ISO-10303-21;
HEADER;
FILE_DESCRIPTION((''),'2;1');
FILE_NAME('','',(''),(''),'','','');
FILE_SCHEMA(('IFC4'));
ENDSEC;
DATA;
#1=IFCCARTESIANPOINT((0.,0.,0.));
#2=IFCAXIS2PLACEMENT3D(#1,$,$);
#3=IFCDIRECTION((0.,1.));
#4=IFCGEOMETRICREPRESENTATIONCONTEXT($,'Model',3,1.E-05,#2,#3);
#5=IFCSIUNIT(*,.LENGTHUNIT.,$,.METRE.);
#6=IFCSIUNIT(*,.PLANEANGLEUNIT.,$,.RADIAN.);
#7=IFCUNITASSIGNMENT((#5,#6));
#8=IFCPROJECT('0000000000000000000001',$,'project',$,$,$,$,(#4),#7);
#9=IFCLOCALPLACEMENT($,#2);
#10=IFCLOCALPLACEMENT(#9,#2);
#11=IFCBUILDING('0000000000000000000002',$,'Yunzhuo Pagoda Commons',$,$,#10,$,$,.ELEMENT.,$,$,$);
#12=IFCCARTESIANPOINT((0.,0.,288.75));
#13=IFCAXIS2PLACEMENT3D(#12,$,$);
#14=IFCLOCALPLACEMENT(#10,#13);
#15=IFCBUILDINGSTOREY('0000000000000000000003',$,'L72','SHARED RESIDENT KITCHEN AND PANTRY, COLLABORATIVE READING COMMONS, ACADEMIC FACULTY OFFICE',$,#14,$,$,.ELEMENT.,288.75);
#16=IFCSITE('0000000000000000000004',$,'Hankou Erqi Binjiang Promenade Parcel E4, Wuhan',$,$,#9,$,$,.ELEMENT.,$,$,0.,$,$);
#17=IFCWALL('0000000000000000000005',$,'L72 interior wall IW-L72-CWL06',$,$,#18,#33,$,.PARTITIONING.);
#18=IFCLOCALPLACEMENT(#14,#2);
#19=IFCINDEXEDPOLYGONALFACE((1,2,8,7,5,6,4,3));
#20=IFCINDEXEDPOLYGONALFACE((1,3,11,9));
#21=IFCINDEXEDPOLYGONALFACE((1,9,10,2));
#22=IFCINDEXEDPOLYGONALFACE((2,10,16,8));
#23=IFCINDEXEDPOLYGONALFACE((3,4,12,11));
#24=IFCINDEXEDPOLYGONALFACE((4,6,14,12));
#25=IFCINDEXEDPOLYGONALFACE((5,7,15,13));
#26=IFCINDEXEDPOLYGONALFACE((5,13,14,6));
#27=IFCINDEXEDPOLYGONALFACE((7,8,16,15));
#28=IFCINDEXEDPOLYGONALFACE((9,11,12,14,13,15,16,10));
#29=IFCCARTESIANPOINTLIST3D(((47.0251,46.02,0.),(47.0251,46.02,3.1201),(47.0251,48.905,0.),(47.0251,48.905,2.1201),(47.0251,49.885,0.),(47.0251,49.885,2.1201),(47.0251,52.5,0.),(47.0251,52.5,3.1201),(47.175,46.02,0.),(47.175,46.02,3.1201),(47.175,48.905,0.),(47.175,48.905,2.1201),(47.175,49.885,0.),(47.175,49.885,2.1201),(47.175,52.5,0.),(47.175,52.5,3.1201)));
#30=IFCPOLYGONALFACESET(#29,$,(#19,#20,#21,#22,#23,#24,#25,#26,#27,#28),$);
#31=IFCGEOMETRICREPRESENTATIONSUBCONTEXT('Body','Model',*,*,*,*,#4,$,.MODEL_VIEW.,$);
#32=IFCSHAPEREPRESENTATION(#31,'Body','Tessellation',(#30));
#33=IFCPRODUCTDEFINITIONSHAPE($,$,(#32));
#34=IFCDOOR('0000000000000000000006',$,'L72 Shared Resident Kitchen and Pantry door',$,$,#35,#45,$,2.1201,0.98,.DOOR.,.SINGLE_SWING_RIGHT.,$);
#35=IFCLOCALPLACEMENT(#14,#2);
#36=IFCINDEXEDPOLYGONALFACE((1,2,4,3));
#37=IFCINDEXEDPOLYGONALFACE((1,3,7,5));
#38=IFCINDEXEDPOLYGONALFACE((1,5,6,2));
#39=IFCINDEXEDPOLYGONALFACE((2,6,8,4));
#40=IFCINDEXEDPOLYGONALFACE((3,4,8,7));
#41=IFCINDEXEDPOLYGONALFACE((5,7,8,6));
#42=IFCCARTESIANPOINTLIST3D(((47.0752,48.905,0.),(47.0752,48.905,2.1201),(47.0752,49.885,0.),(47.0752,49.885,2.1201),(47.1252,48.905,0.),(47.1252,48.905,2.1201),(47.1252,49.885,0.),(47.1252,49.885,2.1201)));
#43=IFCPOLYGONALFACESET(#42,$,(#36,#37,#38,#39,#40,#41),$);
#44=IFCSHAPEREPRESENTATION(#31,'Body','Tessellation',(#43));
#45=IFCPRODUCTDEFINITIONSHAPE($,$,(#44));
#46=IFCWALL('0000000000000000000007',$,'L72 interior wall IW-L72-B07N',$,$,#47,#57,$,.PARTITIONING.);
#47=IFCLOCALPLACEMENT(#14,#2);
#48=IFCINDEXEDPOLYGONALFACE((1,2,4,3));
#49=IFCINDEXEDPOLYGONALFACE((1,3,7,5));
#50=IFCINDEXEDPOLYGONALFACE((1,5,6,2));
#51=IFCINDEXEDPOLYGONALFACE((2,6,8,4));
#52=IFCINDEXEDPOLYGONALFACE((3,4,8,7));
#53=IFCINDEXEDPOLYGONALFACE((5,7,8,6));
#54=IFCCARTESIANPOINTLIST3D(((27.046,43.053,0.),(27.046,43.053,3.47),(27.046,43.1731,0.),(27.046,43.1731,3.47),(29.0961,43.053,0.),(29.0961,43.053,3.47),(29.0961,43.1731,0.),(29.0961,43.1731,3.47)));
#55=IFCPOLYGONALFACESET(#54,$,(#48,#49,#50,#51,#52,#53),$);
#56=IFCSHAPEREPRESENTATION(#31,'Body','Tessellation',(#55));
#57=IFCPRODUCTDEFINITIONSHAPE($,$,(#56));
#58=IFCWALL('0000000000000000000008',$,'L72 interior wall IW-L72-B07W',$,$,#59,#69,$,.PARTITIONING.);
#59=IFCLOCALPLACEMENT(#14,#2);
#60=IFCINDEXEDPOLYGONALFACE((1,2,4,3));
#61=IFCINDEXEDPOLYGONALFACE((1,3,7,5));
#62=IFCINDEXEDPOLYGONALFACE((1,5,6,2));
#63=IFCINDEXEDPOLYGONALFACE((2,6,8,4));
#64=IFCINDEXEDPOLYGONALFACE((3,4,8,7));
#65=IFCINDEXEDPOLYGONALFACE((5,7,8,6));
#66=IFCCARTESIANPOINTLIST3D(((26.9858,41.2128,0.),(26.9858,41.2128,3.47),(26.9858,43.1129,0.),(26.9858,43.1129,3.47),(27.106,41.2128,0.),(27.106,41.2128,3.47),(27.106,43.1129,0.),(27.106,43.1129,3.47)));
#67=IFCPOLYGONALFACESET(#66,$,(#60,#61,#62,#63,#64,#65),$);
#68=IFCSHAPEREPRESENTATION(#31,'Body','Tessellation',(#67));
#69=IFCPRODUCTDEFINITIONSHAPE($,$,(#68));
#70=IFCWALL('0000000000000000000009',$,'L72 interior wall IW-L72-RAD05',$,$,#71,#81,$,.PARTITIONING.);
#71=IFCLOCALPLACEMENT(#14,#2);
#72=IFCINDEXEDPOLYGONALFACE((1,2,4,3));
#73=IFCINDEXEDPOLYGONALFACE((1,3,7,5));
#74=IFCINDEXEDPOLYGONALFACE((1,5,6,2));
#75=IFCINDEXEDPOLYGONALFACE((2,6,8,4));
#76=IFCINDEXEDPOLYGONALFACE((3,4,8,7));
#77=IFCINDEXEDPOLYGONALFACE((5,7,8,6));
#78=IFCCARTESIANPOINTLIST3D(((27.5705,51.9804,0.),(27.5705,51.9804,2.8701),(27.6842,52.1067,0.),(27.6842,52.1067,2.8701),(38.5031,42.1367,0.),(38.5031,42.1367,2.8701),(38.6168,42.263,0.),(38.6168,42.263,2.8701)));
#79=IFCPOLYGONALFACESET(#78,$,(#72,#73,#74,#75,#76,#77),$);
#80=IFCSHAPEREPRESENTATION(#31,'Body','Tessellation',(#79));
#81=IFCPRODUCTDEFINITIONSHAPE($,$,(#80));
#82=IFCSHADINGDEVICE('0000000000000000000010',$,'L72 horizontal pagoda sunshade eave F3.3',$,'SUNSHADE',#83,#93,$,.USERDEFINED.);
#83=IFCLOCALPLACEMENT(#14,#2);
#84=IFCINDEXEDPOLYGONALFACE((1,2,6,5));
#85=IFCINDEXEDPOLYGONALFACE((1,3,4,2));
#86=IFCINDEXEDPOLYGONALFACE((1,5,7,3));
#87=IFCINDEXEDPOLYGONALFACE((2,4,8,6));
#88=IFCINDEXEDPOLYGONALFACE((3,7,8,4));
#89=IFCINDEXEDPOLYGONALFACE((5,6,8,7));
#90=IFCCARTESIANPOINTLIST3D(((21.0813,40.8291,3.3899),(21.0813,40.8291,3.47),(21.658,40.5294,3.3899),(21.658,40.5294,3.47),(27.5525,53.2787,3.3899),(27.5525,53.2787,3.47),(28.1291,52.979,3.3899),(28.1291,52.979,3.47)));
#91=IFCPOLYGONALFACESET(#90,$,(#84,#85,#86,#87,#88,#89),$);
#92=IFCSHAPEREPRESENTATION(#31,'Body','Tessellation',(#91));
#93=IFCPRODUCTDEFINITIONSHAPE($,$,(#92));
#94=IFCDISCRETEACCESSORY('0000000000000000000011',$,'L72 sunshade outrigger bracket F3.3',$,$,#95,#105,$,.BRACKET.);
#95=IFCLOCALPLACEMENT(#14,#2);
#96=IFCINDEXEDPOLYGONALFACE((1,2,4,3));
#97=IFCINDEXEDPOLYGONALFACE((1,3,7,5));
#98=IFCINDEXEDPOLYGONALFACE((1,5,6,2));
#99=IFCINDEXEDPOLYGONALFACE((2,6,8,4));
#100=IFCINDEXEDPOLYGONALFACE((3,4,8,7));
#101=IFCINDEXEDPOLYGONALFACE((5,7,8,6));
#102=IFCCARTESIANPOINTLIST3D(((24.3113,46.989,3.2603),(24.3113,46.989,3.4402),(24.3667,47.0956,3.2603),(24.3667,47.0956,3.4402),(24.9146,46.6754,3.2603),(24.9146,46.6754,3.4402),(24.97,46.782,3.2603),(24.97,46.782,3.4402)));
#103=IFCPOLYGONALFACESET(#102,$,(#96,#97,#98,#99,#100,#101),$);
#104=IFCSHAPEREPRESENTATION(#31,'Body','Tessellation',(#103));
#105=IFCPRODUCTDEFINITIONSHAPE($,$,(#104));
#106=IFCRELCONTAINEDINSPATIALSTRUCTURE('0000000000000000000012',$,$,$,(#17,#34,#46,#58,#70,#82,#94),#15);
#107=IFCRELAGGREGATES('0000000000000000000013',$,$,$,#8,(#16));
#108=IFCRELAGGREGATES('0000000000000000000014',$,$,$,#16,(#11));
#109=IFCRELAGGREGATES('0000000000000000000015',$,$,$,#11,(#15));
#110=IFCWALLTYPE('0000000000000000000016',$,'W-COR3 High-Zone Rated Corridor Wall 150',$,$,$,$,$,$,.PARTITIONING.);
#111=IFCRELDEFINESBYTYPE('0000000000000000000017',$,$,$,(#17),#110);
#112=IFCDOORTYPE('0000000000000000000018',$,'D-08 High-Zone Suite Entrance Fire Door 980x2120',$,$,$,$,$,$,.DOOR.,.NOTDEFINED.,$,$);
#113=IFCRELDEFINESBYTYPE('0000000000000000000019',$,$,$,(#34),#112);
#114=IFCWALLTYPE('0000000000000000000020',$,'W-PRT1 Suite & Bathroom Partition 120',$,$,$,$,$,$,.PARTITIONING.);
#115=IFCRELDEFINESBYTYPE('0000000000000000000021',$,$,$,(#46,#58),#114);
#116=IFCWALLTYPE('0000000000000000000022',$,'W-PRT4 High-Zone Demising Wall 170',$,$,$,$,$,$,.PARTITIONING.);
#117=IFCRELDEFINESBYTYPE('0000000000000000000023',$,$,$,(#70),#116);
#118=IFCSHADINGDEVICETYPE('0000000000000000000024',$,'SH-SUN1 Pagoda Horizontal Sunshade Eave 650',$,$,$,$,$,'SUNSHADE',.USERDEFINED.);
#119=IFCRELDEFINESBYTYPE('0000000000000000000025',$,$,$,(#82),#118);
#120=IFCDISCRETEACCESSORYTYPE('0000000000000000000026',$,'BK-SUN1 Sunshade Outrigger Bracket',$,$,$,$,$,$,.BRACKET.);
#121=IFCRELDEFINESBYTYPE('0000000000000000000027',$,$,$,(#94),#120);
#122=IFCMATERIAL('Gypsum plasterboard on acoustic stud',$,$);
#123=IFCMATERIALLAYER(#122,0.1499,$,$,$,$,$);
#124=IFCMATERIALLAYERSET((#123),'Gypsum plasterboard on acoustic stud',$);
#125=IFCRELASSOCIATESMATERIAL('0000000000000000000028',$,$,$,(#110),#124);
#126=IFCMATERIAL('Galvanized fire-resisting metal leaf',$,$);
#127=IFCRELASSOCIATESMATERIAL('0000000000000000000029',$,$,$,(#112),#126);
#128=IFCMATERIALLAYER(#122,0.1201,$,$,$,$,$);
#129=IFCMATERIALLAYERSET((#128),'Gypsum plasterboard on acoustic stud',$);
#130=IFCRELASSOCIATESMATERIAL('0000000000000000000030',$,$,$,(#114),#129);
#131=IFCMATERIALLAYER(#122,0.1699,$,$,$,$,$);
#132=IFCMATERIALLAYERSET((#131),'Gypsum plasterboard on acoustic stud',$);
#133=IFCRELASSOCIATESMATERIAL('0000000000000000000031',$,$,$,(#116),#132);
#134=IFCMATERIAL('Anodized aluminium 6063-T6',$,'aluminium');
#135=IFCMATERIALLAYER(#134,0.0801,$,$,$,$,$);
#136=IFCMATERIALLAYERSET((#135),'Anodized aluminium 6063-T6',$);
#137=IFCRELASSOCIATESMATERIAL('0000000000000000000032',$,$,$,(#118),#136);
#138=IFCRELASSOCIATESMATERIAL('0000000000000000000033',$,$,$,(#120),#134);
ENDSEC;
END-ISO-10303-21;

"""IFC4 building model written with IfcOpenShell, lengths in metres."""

from ifc_helpers import new_model, si_unit, direction, frame, frame_2d, origin, origin_with_axes, origin_2d, place, context, subcontext, project, spatial, rectangle, extrude, source, transform, mapped, material, layer, layer_set, type_object, element, fill, save


model = new_model("IFC4")

# Units and contexts
model_context = context("Model", 3, precision=1e-05, world=origin(), true_north=direction((0.0, 1.0)))
body_context = subcontext(model_context, "Body", "Model", "MODEL_VIEW")
ifc_project = project(units=[si_unit("LENGTHUNIT", "METRE"), si_unit("PLANEANGLEUNIT", "RADIAN")], contexts=[model_context])

# Site, building, storey
site_placement = place(None, origin())
site = spatial("IfcSite", under=ifc_project, at=site_placement, Name="Hankou Erqi Binjiang Promenade Parcel E4, Wuhan", CompositionType="ELEMENT", RefElevation=0.0)
building_placement = place(site_placement, origin())
building = spatial("IfcBuilding", under=site, at=building_placement, Name="Yunzhuo Pagoda Commons", CompositionType="ELEMENT")
storey_placement = place(building_placement, frame((0.0, 0.0, 288.75)))
storey = spatial("IfcBuildingStorey", under=building, at=storey_placement, Name="L72", Description="SHARED RESIDENT KITCHEN AND PANTRY, COLLABORATIVE READING COMMONS, ACADEMIC FACULTY OFFICE", CompositionType="ELEMENT", Elevation=288.75)

# Shared definitions
ifc_material_1 = material(Name="Anodized aluminium 6063-T6", Category="aluminium")

# Shared definitions
ifc_material_2 = material(Name="Gypsum plasterboard on acoustic stud")
ifc_layer_1 = layer(ifc_material_2, 0.1499)
ifc_layer_set_1 = layer_set([ifc_layer_1], Name="Gypsum plasterboard on acoustic stud")
wall_type_1 = type_object("IfcWallType", Name="W-COR3 High-Zone Rated Corridor Wall 150", PredefinedType="PARTITIONING", material=ifc_layer_set_1)

# Wall, opening, door
wall_1_placement = place(storey_placement, frame((47.1001, 46.02, 0.0), z_axis=(0.0, 0.0, 1.0), x_axis=(0.0, 1.0, 0.0)))
wall_1 = element("IfcWall", 1, at=wall_1_placement, inside=storey, type_object=wall_type_1, Name="L72 interior wall IW-L72-CWL06", PredefinedType="PARTITIONING", context=body_context, shape_type="SweptSolid", body=[
    extrude(rectangle(XDim=6.48, YDim=0.1499, at=frame_2d((3.24, 0.0))), origin(), (0.0, 0.0, 1.0), 3.1201),
])
opening_1_placement = place(wall_1_placement, frame((2.885, 0.0, 0.0)))
opening_1 = element("IfcOpeningElement", 2, at=opening_1_placement, cuts=wall_1, PredefinedType="OPENING", context=body_context, shape_type="SweptSolid", body=[
    extrude(rectangle(XDim=0.98, YDim=2.1201, at=frame_2d((0.49, 1.0601))), frame((0.0, 0.085, 0.0), z_axis=(0.0, -1.0, 0.0), x_axis=(1.0, 0.0, 0.0)), (0.0, 0.0, 1.0), 0.1699),
])
ifc_material_3 = material(Name="Galvanized fire-resisting metal leaf")
door_type_1 = type_object("IfcDoorType", Name="D-08 High-Zone Suite Entrance Fire Door 980x2120", OperationType="NOTDEFINED", PredefinedType="DOOR", material=ifc_material_3)
shared_shape_1 = source(origin(), body_context, "Body", "SweptSolid", [
    extrude(rectangle(XDim=0.98, YDim=2.1201, at=frame_2d((0.49, 1.0601))), frame((0.0, 0.0249, 0.0), z_axis=(0.0, -1.0, 0.0), x_axis=(1.0, 0.0, 0.0)), (0.0, 0.0, 1.0), 0.05),
])
door_1_placement = place(opening_1_placement, origin_with_axes())
door_1 = element("IfcDoor", 3, at=door_1_placement, inside=storey, type_object=door_type_1, Name="L72 Shared Resident Kitchen and Pantry door", OperationType="SINGLE_SWING_RIGHT", OverallHeight=2.1201, OverallWidth=0.98, PredefinedType="DOOR", context=body_context, shape_type="MappedRepresentation", body=[
    mapped(shared_shape_1, transform((0.0, 0.0, 0.0), scale=1.0)),
])
fill(opening_1, door_1)

# Walls
ifc_layer_2 = layer(ifc_material_2, 0.1201)
ifc_layer_set_2 = layer_set([ifc_layer_2], Name="Gypsum plasterboard on acoustic stud")
wall_type_2 = type_object("IfcWallType", Name="W-PRT1 Suite & Bathroom Partition 120", PredefinedType="PARTITIONING", material=ifc_layer_set_2)
wall_2_placement = place(storey_placement, frame((29.0959, 43.113, 0.0), z_axis=(0.0, 0.0, 1.0), x_axis=(-1.0, 0.0, 0.0)))
element("IfcWall", 4, at=wall_2_placement, inside=storey, type_object=wall_type_2, Name="L72 interior wall IW-L72-B07N", PredefinedType="PARTITIONING", context=body_context, shape_type="SweptSolid", body=[
    extrude(rectangle(XDim=2.05, YDim=0.1201, at=frame_2d((1.0249, 0.0))), origin(), (0.0, 0.0, 1.0), 3.47),
])
wall_3_placement = place(storey_placement, frame((27.0459, 43.113, 0.0), z_axis=(0.0, 0.0, 1.0), x_axis=(0.0, -1.0, 0.0)))
element("IfcWall", 5, at=wall_3_placement, inside=storey, type_object=wall_type_2, Name="L72 interior wall IW-L72-B07W", PredefinedType="PARTITIONING", context=body_context, shape_type="SweptSolid", body=[
    extrude(rectangle(XDim=1.9001, YDim=0.1201, at=frame_2d((0.9502, 0.0))), origin(), (0.0, 0.0, 1.0), 3.47),
])
ifc_layer_3 = layer(ifc_material_2, 0.1699)
ifc_layer_set_3 = layer_set([ifc_layer_3], Name="Gypsum plasterboard on acoustic stud")
wall_type_3 = type_object("IfcWallType", Name="W-PRT4 High-Zone Demising Wall 170", PredefinedType="PARTITIONING", material=ifc_layer_set_3)
wall_4_placement = place(storey_placement, frame((38.5598, 42.2, 0.0), z_axis=(0.0, 0.0, 1.0), x_axis=(-0.743146, 0.66913, 0.0)))
element("IfcWall", 6, at=wall_4_placement, inside=storey, type_object=wall_type_3, Name="L72 interior wall IW-L72-RAD05", PredefinedType="PARTITIONING", context=body_context, shape_type="SweptSolid", body=[
    extrude(rectangle(XDim=14.7112, YDim=0.1699, at=frame_2d((7.3555, 0.0))), origin(), (0.0, 0.0, 1.0), 2.8701),
])

# Shading device
ifc_layer_4 = layer(ifc_material_1, 0.0801)
ifc_layer_set_4 = layer_set([ifc_layer_4], Name="Anodized aluminium 6063-T6")
shading_device_type = type_object("IfcShadingDeviceType", Name="SH-SUN1 Pagoda Horizontal Sunshade Eave 650", ElementType="SUNSHADE", PredefinedType="USERDEFINED", material=ifc_layer_set_4)
shared_shape_2 = source(origin(), body_context, "Body", "SweptSolid", [
    extrude(rectangle(XDim=14.031, YDim=0.6499, at=origin_2d()), origin(), (0.0, 0.0, 1.0), 0.0801),
])
shading_device_placement = place(storey_placement, frame((24.6052, 46.9041, 3.3899), z_axis=(0.0, 0.0, 1.0), x_axis=(-0.461207, -0.887293, 0.0)))
element("IfcShadingDevice", 7, at=shading_device_placement, inside=storey, type_object=shading_device_type, Name="L72 horizontal pagoda sunshade eave F3.3", ObjectType="SUNSHADE", PredefinedType="USERDEFINED", context=body_context, shape_type="MappedRepresentation", body=[
    mapped(shared_shape_2, transform((0.0, 0.0, 0.0), scale=1.0)),
])

# Discrete accessory
discrete_accessory_type = type_object("IfcDiscreteAccessoryType", Name="BK-SUN1 Sunshade Outrigger Bracket", PredefinedType="BRACKET", material=ifc_material_1)
shared_shape_3 = source(origin(), body_context, "Body", "SweptSolid", [
    extrude(rectangle(XDim=0.1201, YDim=0.6799, at=origin_2d()), origin(), (0.0, 0.0, 1.0), 0.1799),
])
discrete_accessory_placement = place(storey_placement, frame((24.6406, 46.8855, 3.2603), z_axis=(0.0, 0.0, 1.0), x_axis=(-0.461207, -0.887293, 0.0)))
element("IfcDiscreteAccessory", 8, at=discrete_accessory_placement, inside=storey, type_object=discrete_accessory_type, Name="L72 sunshade outrigger bracket F3.3", PredefinedType="BRACKET", context=body_context, shape_type="MappedRepresentation", body=[
    mapped(shared_shape_3, transform((0.0, 0.0, 0.0), scale=1.0)),
])

save(model, "model.ifc")
